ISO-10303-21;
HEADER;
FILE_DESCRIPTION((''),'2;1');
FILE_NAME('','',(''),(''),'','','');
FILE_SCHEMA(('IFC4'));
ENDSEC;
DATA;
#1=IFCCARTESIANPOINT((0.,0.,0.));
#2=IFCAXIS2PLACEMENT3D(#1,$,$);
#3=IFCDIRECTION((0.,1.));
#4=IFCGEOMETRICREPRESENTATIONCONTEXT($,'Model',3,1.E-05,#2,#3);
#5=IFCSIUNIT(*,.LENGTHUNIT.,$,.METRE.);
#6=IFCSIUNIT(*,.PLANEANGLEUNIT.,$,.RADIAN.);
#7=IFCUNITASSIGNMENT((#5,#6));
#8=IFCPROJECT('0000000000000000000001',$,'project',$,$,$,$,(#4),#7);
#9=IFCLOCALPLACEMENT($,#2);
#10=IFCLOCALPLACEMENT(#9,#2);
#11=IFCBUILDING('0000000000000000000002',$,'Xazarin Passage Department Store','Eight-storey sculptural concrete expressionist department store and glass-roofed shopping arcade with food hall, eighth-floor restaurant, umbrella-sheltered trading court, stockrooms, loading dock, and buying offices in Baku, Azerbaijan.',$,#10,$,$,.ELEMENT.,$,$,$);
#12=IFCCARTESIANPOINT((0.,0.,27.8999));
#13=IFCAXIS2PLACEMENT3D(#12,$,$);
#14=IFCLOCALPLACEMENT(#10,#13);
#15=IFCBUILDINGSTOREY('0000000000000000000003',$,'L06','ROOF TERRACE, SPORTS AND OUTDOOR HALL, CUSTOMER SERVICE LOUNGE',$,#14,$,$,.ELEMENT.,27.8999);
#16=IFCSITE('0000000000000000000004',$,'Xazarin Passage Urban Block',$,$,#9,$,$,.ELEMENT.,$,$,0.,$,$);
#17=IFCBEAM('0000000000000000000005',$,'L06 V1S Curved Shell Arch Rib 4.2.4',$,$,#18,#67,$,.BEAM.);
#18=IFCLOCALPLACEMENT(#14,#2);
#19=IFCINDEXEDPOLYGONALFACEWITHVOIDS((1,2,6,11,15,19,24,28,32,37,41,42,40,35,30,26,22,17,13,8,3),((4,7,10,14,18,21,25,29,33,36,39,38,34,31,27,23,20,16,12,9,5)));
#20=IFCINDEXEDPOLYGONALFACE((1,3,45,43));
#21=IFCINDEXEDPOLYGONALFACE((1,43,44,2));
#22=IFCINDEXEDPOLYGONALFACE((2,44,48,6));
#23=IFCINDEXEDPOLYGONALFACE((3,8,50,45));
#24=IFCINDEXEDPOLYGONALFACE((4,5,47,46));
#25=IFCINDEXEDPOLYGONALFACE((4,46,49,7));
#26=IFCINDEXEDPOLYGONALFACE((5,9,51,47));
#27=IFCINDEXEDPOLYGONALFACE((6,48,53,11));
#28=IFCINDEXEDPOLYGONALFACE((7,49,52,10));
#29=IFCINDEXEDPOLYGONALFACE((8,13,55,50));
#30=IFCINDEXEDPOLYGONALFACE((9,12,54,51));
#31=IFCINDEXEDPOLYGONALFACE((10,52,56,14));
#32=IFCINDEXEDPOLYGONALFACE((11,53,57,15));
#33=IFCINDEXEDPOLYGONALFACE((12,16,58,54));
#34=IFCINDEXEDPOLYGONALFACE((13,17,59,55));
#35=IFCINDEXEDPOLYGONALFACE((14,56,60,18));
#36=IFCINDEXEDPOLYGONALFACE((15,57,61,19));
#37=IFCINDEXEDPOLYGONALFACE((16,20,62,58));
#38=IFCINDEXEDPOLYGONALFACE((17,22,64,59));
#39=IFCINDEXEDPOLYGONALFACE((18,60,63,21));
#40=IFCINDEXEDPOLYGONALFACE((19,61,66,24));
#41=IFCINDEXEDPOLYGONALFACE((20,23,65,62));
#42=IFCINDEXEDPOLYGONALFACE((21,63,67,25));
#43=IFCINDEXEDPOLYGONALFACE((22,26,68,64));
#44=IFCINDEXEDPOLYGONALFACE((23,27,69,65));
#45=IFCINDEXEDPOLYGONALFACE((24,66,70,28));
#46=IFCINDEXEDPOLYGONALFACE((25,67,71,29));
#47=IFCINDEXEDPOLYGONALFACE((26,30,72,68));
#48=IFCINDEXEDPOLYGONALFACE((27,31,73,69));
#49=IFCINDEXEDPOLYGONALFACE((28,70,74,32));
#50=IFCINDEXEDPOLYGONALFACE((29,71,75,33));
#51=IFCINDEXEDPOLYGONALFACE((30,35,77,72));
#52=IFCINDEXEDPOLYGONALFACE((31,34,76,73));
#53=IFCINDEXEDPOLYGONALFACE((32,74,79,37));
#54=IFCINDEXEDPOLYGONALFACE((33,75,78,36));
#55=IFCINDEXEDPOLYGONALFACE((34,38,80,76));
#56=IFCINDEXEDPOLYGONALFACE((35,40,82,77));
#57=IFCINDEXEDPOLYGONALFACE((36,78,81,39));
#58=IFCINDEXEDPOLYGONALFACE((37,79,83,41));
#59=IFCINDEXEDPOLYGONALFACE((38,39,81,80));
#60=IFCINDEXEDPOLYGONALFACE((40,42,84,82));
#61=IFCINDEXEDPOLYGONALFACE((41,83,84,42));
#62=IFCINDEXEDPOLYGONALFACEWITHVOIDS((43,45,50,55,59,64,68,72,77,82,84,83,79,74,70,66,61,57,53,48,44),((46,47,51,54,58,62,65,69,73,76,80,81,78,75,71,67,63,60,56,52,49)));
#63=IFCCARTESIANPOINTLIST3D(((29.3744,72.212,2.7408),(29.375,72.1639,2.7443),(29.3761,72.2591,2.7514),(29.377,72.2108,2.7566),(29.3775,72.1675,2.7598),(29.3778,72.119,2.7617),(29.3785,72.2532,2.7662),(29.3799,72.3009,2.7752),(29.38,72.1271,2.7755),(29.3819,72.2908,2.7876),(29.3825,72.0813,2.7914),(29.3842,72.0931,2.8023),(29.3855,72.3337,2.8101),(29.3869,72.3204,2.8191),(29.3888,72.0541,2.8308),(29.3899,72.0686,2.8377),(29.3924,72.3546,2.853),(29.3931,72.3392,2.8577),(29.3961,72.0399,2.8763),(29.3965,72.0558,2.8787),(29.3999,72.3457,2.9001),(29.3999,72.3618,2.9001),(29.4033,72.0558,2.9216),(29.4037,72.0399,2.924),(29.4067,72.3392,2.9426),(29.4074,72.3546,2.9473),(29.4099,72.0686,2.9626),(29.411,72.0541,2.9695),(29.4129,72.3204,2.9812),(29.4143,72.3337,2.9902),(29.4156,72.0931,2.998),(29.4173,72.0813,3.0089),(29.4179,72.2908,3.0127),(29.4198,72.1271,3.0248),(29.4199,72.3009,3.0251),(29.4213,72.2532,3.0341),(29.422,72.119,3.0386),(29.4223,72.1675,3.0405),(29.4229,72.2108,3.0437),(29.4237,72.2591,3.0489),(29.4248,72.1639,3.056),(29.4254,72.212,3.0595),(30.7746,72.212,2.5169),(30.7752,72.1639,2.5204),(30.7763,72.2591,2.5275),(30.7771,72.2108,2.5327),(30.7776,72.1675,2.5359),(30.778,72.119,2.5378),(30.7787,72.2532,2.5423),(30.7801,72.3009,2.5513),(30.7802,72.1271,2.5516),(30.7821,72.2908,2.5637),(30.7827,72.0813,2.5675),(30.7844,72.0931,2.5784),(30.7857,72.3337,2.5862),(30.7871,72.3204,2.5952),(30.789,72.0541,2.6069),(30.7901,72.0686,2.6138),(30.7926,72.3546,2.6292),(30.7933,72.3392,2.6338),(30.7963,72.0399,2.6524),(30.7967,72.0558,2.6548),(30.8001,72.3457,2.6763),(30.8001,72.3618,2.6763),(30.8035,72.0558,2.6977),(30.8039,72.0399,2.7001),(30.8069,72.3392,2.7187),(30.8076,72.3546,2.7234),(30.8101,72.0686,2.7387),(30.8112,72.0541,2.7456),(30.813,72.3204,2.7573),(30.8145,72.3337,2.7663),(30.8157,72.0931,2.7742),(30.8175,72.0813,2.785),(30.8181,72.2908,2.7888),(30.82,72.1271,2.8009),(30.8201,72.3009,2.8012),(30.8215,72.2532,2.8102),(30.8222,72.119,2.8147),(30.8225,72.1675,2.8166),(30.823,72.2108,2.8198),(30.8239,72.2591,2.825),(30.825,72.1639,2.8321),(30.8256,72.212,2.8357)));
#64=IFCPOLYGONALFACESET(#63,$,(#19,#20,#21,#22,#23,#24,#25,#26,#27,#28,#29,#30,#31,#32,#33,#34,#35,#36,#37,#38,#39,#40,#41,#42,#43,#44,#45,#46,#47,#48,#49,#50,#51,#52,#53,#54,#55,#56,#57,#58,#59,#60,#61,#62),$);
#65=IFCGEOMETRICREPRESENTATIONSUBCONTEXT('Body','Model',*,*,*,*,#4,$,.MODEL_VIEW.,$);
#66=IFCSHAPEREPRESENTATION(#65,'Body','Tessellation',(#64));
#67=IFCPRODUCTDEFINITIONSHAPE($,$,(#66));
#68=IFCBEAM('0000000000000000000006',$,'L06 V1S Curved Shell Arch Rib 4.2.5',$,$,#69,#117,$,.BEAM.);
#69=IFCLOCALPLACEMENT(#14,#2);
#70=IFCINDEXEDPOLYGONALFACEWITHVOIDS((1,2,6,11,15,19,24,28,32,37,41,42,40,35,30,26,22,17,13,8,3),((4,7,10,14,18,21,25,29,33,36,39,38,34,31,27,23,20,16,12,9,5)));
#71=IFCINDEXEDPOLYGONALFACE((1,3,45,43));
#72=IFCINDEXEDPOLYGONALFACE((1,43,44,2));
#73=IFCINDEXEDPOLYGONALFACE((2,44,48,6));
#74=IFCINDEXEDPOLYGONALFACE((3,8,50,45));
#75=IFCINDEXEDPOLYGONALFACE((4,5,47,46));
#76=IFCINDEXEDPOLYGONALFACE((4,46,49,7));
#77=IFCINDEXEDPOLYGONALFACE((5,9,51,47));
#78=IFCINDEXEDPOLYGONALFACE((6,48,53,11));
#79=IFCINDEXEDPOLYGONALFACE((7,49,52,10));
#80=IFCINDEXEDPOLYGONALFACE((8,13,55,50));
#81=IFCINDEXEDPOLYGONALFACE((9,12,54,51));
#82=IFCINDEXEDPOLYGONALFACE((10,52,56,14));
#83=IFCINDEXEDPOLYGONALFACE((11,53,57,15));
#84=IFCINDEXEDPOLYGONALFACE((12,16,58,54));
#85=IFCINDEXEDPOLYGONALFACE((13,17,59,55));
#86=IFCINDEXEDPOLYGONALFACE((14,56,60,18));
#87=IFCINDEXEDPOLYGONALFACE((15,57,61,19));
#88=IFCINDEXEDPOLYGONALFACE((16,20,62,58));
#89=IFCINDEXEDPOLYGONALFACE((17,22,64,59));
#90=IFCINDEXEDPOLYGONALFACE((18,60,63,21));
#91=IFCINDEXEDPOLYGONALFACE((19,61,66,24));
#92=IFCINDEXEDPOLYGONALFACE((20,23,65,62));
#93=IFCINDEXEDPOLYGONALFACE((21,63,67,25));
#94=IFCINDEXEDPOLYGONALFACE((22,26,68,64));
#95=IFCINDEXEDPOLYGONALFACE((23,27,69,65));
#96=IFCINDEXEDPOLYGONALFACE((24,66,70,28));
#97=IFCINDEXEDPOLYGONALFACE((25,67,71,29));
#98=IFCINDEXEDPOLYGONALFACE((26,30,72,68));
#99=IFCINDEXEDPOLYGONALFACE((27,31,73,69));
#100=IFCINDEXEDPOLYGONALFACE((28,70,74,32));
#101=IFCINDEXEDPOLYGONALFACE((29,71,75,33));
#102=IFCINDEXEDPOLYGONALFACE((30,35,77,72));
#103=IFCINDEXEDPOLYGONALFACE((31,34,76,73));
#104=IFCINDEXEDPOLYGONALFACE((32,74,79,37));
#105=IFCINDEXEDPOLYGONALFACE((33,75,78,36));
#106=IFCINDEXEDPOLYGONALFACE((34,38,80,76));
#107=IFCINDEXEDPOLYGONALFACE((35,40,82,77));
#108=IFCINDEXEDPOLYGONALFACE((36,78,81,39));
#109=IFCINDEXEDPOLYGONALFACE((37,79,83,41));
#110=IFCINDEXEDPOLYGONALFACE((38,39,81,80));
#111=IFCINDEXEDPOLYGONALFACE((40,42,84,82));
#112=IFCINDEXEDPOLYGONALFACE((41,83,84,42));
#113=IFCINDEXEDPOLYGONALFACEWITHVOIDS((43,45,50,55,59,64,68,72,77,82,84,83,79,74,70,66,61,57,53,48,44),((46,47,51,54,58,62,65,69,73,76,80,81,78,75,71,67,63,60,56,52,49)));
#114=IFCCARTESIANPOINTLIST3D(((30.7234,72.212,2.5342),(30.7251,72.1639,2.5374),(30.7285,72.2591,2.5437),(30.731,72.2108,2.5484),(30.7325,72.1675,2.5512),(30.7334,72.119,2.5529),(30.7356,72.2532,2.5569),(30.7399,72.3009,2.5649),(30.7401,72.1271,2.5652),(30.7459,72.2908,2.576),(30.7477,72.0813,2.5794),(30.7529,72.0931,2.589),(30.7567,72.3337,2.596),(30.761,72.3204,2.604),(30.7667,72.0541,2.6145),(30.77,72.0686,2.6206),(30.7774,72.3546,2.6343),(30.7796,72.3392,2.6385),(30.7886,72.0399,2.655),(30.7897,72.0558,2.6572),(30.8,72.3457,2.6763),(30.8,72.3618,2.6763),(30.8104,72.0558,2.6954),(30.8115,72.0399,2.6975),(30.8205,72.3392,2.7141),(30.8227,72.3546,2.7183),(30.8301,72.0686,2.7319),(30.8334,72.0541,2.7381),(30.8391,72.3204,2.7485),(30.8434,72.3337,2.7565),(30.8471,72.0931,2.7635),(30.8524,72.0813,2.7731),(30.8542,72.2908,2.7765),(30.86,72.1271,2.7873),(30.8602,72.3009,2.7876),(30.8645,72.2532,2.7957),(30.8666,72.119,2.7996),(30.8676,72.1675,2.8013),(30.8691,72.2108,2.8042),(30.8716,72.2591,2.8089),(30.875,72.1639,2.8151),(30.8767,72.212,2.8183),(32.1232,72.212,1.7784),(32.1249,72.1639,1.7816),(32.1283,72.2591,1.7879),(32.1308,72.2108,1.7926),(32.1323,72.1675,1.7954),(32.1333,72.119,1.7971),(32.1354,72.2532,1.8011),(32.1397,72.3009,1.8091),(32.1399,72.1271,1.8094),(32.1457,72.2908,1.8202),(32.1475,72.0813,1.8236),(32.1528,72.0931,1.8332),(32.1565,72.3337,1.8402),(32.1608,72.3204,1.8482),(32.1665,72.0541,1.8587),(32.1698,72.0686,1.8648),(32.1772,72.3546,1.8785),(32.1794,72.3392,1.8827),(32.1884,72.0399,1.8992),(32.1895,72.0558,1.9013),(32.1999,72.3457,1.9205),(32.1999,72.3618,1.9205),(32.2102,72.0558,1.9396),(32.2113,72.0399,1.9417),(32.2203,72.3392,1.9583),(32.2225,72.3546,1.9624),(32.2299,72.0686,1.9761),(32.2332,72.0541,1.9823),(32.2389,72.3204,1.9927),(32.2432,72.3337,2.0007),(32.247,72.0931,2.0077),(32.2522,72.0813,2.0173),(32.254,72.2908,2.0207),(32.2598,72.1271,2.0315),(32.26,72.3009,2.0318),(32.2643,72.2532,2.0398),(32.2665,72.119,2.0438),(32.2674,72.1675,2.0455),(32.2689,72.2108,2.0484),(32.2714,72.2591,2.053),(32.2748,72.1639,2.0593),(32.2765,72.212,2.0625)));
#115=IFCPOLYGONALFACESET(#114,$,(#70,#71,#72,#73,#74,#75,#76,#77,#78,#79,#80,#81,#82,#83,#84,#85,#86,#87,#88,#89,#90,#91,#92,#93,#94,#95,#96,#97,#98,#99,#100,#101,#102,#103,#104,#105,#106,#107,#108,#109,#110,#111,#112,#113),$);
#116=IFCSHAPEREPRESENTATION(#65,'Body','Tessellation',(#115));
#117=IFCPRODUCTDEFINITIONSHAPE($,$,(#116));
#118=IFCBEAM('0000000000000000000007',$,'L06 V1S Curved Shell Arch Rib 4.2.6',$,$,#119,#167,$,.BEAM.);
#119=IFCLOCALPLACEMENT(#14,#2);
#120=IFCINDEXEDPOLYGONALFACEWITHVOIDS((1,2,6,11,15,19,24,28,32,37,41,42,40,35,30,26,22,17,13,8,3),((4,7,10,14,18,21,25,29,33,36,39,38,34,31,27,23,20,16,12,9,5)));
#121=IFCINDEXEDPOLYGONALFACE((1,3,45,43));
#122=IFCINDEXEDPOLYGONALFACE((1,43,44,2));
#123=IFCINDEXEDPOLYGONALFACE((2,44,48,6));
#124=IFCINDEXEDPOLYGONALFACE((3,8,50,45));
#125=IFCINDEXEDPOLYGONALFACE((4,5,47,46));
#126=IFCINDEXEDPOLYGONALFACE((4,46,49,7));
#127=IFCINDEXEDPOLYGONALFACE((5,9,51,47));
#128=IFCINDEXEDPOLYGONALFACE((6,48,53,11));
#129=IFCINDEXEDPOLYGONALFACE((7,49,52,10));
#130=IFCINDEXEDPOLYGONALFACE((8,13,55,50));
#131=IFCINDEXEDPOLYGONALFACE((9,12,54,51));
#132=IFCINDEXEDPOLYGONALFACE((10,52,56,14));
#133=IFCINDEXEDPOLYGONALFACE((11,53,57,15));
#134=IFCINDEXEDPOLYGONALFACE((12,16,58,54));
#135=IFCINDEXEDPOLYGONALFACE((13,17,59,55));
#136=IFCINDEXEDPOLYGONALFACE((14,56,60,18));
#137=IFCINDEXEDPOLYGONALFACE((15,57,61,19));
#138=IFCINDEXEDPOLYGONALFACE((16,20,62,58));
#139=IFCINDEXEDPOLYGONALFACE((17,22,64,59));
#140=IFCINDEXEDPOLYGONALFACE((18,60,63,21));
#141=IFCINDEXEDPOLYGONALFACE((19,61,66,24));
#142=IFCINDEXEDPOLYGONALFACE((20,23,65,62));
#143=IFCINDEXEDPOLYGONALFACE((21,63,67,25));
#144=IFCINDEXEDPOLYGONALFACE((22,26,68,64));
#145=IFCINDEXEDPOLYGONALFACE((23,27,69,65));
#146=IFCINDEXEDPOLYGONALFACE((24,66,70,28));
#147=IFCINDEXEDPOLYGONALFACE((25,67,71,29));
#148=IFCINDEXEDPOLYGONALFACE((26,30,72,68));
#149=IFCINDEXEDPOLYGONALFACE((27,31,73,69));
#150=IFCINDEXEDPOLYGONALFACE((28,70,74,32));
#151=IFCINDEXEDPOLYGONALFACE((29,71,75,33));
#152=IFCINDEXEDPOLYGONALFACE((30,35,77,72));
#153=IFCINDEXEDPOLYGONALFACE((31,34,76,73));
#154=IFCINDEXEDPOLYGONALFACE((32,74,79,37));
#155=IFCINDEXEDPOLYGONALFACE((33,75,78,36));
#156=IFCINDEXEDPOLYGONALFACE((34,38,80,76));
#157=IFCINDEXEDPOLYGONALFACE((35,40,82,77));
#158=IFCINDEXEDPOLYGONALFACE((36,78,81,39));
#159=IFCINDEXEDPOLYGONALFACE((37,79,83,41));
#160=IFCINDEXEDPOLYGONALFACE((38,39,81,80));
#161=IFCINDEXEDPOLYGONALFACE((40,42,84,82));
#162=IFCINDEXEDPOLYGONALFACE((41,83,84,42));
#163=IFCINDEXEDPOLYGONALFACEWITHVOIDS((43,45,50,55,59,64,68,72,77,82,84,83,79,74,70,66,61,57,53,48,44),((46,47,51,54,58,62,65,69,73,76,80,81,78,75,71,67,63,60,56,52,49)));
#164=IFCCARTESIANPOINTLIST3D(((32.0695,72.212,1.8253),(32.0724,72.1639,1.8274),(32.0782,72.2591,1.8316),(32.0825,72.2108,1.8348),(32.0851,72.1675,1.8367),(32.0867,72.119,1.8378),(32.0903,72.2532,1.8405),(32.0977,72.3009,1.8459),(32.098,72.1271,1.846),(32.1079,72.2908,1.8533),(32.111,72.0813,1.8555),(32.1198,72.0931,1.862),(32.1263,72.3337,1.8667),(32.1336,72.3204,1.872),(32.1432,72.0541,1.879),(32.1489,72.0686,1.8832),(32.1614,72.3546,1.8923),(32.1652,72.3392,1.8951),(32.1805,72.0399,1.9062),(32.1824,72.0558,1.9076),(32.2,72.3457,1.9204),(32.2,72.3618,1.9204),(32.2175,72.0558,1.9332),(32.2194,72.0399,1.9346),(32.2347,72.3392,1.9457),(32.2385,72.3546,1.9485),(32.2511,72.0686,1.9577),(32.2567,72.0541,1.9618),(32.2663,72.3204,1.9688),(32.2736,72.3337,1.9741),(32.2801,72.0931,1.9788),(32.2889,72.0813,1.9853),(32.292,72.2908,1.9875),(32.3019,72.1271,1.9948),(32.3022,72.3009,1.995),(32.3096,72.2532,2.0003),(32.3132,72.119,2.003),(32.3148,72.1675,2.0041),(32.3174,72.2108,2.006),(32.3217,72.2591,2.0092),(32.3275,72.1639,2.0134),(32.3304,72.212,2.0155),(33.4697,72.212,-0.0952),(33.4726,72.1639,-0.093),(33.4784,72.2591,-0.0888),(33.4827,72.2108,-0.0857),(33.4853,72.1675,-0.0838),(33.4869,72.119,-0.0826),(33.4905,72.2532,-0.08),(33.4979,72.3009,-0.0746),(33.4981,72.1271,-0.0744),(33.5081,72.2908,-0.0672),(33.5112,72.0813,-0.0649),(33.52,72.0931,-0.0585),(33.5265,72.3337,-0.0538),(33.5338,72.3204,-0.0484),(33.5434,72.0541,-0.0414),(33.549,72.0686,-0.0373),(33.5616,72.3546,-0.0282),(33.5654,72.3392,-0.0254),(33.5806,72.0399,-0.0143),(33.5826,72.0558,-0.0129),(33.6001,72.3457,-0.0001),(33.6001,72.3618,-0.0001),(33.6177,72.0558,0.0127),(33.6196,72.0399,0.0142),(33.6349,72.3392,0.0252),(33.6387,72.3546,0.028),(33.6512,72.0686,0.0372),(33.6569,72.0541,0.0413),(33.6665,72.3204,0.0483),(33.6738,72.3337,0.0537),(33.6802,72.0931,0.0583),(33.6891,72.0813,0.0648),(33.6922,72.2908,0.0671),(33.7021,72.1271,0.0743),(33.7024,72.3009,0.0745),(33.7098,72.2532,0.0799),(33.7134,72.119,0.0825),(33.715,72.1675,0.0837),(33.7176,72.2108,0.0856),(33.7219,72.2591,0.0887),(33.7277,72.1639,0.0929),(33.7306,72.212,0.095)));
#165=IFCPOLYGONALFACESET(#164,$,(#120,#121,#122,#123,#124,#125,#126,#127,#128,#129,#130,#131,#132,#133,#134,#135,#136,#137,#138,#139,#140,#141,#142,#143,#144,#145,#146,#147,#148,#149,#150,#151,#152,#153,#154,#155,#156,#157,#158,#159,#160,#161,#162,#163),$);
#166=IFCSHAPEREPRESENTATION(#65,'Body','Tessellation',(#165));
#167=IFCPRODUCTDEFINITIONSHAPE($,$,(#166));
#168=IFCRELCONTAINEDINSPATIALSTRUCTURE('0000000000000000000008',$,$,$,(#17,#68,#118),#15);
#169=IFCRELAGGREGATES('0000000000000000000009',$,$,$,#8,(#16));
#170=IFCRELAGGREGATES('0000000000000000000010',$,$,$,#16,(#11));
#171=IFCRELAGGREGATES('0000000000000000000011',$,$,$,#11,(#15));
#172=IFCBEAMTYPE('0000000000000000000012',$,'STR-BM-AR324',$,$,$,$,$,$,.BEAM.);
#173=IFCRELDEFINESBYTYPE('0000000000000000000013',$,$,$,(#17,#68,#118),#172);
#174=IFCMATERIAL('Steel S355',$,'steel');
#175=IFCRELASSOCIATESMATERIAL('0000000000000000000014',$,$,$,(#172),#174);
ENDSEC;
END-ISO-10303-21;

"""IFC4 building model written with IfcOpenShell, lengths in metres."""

from ifc_helpers import new_model, si_unit, direction, frame, origin, origin_2d, place, context, subcontext, project, spatial, hollow_circle, extrude, material, material_profile, profile_set, type_object, element, save


model = new_model("IFC4")

# Units and contexts
model_context = context("Model", 3, precision=1e-05, world=origin(), true_north=direction((0.0, 1.0)))
body_context = subcontext(model_context, "Body", "Model", "MODEL_VIEW")
ifc_project = project(units=[si_unit("LENGTHUNIT", "METRE"), si_unit("PLANEANGLEUNIT", "RADIAN")], contexts=[model_context])

# Site, building, storey
site_placement = place(None, origin())
site = spatial("IfcSite", under=ifc_project, at=site_placement, Name="Xazarin Passage Urban Block", CompositionType="ELEMENT", RefElevation=0.0)
building_placement = place(site_placement, origin())
building = spatial("IfcBuilding", under=site, at=building_placement, Name="Xazarin Passage Department Store", Description="Eight-storey sculptural concrete expressionist department store and glass-roofed shopping arcade with food hall, eighth-floor restaurant, umbrella-sheltered trading court, stockrooms, loading dock, and buying offices in Baku, Azerbaijan.", CompositionType="ELEMENT")
storey_placement = place(building_placement, frame((0.0, 0.0, 27.8999)))
storey = spatial("IfcBuildingStorey", under=building, at=storey_placement, Name="L06", Description="ROOF TERRACE, SPORTS AND OUTDOOR HALL, CUSTOMER SERVICE LOUNGE", CompositionType="ELEMENT", Elevation=27.8999)

# Beams
ifc_material_1 = material(Name="Steel S355", Category="steel")
ifc_material_profile_1 = material_profile(ifc_material_1, hollow_circle(Radius=0.1619, WallThickness=0.0161, at=origin_2d()), Name="CHS 323.9x16")
ifc_profile_set_1 = profile_set([ifc_material_profile_1], Name="Steel S355")
beam_type_1 = type_object("IfcBeamType", Name="STR-BM-AR324", PredefinedType="BEAM", material=ifc_profile_set_1)
beam_1_placement = place(storey_placement, frame((29.3999, 72.2, 2.9001), z_axis=(0.987457, 0.0, -0.15789), x_axis=(0.0, 1.0, 0.0)))
element("IfcBeam", 1, at=beam_1_placement, inside=storey, type_object=beam_type_1, Name="L06 V1S Curved Shell Arch Rib 4.2.4", PredefinedType="BEAM", context=body_context, shape_type="SweptSolid", body=[
    extrude(hollow_circle(Radius=0.1619, WallThickness=0.0161, at=origin_2d()), origin(), (0.0, 0.0, 1.0), 1.418),
])
beam_2_placement = place(storey_placement, frame((30.8, 72.2, 2.6763), z_axis=(0.879928, 0.0, -0.475106), x_axis=(0.0, 1.0, 0.0)))
element("IfcBeam", 2, at=beam_2_placement, inside=storey, type_object=beam_type_1, Name="L06 V1S Curved Shell Arch Rib 4.2.5", PredefinedType="BEAM", context=body_context, shape_type="SweptSolid", body=[
    extrude(hollow_circle(Radius=0.1619, WallThickness=0.0161, at=origin_2d()), origin(), (0.0, 0.0, 1.0), 1.5908),
])
beam_3_placement = place(storey_placement, frame((32.2, 72.2, 1.9204), z_axis=(0.58913, 0.0, -0.808038), x_axis=(0.0, 1.0, 0.0)))
element("IfcBeam", 3, at=beam_3_placement, inside=storey, type_object=beam_type_1, Name="L06 V1S Curved Shell Arch Rib 4.2.6", PredefinedType="BEAM", context=body_context, shape_type="SweptSolid", body=[
    extrude(hollow_circle(Radius=0.1619, WallThickness=0.0161, at=origin_2d()), origin(), (0.0, 0.0, 1.0), 2.3767),
])

save(model, "model.ifc")
